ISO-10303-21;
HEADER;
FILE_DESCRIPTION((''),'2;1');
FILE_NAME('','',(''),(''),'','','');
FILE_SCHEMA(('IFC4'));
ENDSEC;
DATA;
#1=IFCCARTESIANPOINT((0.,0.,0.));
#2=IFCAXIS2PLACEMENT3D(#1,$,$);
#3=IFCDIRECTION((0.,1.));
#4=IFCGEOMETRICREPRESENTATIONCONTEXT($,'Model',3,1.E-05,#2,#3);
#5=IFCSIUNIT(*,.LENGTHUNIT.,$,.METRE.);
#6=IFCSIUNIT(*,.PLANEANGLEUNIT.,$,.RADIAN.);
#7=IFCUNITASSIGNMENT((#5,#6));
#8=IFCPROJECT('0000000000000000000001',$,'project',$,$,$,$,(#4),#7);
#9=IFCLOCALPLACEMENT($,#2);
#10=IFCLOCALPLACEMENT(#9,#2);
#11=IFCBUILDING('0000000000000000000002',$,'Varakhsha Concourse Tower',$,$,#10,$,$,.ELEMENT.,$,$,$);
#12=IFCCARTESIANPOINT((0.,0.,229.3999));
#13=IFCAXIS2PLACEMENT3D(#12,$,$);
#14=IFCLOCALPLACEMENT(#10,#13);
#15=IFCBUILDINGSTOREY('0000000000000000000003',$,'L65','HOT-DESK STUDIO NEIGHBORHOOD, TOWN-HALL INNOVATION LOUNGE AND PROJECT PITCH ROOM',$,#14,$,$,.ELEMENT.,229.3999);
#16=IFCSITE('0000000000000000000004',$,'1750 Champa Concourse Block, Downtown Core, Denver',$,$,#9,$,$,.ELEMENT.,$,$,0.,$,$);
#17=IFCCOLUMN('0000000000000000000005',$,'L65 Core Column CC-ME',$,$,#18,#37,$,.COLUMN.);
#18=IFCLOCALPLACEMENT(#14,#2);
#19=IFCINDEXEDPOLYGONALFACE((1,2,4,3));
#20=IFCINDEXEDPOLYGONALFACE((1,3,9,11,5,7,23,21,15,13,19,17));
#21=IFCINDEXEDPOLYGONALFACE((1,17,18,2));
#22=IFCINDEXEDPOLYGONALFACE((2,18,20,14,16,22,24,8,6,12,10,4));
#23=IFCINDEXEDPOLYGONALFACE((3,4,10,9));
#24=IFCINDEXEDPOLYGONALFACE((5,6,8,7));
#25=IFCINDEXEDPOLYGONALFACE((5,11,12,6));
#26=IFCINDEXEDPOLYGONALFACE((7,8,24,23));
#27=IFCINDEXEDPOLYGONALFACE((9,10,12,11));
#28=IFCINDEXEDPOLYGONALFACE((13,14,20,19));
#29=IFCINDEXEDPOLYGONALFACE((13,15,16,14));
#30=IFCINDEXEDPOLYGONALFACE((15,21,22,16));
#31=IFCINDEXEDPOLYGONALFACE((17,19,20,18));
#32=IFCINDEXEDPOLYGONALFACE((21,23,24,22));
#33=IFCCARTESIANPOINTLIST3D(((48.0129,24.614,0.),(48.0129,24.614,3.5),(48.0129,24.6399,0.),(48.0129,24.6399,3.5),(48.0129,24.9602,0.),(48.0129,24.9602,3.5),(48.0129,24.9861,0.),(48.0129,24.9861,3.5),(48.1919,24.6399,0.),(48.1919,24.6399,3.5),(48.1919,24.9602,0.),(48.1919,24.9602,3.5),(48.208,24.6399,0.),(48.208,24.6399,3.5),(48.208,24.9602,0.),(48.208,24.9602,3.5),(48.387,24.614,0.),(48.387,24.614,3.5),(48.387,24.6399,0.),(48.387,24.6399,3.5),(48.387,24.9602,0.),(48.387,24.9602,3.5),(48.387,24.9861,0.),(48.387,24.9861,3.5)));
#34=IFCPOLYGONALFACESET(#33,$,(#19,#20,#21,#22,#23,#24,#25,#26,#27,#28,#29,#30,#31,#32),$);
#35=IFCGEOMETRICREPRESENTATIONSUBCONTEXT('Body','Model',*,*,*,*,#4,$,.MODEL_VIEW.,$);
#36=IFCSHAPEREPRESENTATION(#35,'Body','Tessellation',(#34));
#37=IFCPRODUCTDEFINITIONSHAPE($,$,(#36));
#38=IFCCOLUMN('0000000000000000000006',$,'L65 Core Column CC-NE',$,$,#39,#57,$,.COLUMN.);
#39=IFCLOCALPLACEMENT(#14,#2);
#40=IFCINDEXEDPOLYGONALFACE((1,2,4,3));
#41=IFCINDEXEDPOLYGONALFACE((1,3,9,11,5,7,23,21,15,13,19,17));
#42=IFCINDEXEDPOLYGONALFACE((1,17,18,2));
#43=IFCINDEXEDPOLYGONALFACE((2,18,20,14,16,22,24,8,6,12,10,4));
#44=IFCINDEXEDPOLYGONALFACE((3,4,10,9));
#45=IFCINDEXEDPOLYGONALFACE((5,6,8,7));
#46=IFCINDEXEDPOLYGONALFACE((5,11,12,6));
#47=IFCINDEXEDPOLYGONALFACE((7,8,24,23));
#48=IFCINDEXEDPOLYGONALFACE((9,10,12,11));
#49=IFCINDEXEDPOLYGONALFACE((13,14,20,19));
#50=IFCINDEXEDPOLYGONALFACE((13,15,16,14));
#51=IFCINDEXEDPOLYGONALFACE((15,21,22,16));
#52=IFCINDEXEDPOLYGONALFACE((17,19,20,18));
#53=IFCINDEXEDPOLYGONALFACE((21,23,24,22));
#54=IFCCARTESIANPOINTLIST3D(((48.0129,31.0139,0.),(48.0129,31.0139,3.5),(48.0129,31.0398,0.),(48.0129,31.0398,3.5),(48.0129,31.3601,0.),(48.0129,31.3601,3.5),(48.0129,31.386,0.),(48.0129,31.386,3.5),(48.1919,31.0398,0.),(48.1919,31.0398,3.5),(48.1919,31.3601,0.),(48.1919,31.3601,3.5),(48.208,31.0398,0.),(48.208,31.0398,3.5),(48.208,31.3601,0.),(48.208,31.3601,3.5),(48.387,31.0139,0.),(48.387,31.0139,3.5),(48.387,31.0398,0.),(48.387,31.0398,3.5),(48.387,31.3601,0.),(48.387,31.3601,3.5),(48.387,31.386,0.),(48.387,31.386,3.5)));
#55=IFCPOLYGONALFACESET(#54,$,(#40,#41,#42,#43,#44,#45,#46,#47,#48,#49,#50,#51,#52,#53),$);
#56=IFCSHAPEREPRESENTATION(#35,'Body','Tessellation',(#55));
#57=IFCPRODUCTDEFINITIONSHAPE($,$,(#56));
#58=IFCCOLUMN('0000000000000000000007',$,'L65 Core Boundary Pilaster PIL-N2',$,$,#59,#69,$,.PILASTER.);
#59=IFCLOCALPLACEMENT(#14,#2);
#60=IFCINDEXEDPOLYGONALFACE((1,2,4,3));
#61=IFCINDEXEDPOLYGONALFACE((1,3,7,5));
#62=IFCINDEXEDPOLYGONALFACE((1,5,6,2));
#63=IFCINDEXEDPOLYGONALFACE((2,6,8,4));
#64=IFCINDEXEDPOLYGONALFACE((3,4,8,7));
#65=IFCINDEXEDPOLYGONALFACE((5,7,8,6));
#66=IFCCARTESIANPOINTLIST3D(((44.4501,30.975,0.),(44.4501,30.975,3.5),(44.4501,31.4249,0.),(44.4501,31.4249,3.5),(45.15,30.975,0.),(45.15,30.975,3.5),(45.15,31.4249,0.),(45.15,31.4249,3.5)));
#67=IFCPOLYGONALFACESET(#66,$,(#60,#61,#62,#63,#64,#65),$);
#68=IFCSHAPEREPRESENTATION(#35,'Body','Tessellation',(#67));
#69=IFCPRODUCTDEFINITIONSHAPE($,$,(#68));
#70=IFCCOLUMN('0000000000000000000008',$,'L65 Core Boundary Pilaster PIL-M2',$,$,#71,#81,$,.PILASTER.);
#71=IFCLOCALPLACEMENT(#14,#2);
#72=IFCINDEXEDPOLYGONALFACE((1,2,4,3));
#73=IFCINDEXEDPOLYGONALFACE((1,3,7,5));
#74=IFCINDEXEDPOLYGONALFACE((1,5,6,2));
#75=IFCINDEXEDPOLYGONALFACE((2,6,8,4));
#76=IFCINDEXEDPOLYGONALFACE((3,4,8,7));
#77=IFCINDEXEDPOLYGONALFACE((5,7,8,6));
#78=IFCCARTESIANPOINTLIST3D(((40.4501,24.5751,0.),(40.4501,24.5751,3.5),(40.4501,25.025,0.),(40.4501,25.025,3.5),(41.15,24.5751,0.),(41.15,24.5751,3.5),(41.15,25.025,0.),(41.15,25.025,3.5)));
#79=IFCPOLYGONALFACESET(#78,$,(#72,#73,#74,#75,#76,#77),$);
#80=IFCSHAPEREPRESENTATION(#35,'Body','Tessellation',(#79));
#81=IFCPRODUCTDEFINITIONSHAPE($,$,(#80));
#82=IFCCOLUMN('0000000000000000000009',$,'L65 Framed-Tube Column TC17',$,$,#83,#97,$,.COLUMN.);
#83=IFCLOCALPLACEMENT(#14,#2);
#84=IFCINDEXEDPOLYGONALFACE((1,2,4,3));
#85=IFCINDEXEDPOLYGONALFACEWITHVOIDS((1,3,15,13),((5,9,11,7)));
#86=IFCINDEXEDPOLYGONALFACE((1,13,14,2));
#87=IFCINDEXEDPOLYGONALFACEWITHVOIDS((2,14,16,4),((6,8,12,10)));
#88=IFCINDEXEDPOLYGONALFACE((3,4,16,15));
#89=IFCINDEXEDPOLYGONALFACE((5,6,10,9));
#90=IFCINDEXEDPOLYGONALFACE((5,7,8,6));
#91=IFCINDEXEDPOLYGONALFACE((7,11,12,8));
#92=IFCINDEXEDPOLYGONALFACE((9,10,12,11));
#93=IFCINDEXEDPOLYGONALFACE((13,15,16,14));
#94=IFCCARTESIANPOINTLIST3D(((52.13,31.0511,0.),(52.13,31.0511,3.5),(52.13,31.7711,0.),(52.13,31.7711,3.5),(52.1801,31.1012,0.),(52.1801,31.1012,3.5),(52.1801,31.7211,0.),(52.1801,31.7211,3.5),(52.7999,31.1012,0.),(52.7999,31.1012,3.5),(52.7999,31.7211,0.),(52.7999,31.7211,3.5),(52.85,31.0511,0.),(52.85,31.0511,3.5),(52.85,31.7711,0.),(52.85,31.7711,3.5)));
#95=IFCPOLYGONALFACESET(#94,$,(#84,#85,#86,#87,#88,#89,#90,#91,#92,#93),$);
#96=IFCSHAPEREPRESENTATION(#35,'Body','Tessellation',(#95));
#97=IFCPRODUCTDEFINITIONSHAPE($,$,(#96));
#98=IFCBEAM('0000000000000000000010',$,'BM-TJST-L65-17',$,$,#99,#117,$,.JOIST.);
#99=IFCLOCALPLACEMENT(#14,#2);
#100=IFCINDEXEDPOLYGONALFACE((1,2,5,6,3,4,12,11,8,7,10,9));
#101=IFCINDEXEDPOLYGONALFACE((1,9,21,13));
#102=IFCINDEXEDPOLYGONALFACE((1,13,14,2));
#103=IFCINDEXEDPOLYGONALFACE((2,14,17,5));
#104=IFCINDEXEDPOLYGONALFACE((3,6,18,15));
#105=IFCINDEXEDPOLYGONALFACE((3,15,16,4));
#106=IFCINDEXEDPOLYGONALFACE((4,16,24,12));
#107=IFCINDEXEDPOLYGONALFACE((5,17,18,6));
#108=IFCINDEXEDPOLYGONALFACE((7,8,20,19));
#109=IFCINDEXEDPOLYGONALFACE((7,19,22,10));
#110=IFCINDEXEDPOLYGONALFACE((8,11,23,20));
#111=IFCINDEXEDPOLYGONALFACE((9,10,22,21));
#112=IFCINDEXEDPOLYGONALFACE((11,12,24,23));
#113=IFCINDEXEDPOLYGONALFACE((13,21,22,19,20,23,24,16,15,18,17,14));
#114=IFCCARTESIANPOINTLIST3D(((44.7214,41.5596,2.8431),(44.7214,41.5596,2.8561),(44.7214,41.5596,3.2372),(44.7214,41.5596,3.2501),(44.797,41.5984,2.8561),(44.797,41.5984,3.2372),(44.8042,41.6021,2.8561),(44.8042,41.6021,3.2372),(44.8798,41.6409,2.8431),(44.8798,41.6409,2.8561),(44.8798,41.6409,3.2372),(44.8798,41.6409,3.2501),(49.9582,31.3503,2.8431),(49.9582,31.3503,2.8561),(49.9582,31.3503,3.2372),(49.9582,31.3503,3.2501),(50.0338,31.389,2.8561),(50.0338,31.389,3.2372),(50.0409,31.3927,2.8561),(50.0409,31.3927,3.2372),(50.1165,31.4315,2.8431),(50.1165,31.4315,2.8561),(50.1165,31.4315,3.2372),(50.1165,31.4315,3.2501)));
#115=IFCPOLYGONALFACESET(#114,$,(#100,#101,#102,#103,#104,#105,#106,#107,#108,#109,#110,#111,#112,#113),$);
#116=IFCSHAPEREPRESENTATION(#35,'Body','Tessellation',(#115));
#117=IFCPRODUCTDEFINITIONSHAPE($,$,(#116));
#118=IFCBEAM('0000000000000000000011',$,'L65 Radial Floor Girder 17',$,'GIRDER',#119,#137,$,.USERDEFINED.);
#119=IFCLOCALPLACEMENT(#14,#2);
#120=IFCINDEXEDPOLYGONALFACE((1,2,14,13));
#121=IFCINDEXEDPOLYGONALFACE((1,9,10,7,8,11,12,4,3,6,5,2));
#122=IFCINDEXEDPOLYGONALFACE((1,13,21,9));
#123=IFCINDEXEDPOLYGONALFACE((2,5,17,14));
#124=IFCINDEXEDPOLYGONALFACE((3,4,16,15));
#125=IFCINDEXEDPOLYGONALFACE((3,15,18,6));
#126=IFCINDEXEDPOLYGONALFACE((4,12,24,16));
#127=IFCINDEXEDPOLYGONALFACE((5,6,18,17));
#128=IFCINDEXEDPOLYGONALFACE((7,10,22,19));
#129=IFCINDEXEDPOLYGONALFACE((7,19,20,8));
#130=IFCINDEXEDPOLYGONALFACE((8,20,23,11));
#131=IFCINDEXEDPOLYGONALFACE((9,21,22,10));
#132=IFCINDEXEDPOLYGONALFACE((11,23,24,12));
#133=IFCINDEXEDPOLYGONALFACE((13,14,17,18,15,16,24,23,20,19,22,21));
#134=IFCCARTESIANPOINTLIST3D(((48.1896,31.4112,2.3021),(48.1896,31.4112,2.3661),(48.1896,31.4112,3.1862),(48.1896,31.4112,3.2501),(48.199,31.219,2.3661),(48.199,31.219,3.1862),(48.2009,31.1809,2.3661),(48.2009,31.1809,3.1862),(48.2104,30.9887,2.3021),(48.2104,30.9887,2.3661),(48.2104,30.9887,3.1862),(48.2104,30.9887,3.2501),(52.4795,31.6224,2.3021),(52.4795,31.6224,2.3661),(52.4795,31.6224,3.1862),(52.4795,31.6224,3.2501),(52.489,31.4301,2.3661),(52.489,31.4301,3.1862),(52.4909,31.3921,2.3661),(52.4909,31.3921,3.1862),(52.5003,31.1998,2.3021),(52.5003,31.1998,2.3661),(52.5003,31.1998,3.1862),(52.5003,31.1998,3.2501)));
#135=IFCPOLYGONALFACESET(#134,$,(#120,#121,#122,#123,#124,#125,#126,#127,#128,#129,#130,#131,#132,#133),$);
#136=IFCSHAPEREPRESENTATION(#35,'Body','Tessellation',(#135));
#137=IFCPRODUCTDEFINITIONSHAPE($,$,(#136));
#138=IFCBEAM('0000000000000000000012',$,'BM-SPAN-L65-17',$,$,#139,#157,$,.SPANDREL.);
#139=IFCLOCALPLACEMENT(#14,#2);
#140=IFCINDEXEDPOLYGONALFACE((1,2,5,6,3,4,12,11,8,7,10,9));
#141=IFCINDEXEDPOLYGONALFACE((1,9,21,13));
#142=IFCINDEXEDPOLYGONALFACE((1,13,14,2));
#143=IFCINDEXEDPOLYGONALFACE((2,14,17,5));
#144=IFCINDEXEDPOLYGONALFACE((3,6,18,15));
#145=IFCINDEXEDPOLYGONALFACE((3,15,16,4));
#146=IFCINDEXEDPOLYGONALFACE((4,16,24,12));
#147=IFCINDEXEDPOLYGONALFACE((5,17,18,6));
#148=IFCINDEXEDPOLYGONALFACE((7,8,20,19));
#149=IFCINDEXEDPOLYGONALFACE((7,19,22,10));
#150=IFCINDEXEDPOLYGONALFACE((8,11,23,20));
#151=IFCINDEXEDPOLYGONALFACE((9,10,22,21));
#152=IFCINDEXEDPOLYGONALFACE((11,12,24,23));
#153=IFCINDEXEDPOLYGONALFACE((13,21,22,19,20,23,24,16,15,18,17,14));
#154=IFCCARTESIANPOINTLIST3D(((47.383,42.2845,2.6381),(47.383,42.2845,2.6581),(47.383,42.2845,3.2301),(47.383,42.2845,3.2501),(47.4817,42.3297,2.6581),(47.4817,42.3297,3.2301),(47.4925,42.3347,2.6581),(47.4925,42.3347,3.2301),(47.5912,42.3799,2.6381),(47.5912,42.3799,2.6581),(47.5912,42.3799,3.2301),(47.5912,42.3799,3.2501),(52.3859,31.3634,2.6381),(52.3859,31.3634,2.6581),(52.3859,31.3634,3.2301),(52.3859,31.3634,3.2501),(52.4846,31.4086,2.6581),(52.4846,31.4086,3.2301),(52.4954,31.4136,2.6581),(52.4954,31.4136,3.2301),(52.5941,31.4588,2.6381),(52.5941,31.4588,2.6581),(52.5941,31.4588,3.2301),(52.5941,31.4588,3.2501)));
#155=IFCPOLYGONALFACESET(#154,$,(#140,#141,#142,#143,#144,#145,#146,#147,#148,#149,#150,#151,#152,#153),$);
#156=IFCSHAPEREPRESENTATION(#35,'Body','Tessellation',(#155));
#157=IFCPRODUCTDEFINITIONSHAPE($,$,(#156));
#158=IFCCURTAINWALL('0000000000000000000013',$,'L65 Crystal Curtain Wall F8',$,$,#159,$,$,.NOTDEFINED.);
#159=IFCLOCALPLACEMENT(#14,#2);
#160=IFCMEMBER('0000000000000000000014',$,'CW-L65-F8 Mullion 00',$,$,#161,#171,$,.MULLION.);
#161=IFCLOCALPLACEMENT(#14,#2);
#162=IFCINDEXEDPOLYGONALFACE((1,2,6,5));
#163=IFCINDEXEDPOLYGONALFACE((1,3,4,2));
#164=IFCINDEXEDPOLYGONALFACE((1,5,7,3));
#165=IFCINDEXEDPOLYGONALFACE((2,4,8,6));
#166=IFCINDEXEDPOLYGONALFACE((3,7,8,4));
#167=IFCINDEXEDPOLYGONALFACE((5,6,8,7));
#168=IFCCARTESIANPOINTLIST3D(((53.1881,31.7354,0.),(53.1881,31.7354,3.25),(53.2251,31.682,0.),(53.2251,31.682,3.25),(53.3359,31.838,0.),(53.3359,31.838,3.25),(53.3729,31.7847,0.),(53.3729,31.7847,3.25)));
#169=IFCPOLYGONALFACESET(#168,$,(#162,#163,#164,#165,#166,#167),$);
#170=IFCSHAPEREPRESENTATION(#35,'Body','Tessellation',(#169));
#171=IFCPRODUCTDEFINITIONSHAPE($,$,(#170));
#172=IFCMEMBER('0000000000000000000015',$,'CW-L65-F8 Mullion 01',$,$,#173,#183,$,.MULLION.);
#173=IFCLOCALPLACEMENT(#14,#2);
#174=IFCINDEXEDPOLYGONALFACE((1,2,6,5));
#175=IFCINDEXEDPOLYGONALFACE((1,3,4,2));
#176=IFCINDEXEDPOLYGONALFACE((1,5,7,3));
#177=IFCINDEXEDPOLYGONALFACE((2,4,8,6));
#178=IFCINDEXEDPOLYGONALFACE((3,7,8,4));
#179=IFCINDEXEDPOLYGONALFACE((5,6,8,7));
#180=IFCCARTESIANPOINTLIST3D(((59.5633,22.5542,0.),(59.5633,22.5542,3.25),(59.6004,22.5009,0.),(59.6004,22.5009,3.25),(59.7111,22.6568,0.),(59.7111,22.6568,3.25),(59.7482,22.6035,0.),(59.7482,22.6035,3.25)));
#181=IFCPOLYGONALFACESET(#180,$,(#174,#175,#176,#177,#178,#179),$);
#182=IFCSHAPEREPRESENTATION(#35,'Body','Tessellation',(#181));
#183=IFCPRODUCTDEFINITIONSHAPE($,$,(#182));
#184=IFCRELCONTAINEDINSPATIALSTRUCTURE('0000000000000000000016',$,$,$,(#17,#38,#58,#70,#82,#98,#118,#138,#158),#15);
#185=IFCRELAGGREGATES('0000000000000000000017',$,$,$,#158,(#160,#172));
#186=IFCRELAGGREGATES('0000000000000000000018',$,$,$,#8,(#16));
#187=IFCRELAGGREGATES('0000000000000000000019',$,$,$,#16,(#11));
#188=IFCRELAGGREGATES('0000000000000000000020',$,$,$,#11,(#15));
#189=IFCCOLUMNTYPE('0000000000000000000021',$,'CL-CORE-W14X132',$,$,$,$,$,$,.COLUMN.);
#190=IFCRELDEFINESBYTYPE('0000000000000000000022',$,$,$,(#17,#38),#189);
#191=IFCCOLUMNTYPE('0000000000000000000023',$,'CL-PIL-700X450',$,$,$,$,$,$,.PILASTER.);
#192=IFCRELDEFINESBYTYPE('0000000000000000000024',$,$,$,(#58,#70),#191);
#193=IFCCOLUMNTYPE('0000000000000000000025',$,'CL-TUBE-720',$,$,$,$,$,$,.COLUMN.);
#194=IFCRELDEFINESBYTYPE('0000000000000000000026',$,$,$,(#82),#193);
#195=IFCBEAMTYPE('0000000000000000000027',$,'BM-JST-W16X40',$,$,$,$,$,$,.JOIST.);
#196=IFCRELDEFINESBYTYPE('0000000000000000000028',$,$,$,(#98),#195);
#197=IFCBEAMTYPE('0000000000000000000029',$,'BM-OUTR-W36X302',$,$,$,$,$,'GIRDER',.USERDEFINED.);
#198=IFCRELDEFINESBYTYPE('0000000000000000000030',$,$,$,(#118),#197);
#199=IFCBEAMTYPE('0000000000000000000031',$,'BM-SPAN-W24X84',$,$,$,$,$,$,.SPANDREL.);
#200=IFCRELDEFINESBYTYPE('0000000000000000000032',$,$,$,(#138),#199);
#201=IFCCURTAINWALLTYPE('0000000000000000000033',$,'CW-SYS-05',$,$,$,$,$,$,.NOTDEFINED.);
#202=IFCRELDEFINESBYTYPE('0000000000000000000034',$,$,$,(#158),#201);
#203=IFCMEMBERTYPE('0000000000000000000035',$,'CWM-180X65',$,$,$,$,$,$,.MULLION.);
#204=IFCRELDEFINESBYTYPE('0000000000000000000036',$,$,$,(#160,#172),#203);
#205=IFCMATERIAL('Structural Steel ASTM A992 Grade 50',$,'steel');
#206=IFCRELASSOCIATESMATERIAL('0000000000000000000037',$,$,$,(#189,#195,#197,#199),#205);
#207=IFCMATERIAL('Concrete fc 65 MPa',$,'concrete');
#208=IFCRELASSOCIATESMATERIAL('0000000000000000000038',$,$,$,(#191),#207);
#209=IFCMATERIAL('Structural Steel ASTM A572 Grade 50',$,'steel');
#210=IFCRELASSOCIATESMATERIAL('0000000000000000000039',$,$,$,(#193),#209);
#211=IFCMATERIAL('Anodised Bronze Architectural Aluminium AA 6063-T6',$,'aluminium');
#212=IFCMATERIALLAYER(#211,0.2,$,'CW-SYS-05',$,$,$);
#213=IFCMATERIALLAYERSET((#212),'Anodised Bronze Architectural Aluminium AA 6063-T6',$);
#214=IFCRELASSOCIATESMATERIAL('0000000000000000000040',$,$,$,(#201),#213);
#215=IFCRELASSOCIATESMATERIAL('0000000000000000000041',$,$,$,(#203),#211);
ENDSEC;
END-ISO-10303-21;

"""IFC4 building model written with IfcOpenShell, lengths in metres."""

from ifc_helpers import new_model, si_unit, direction, frame, origin, origin_2d, place, context, subcontext, project, spatial, rectangle, hollow_rectangle, i_section, extrude, source, transform, mapped, material, layer, layer_set, material_profile, profile_set, type_object, type_shapes, element, aggregate, save


model = new_model("IFC4")

# Units and contexts
model_context = context("Model", 3, precision=1e-05, world=origin(), true_north=direction((0.0, 1.0)))
body_context = subcontext(model_context, "Body", "Model", "MODEL_VIEW")
ifc_project = project(units=[si_unit("LENGTHUNIT", "METRE"), si_unit("PLANEANGLEUNIT", "RADIAN")], contexts=[model_context])

# Site, building, storey
site_placement = place(None, origin())
site = spatial("IfcSite", under=ifc_project, at=site_placement, Name="1750 Champa Concourse Block, Downtown Core, Denver", CompositionType="ELEMENT", RefElevation=0.0)
building_placement = place(site_placement, origin())
building = spatial("IfcBuilding", under=site, at=building_placement, Name="Varakhsha Concourse Tower", CompositionType="ELEMENT")
storey_placement = place(building_placement, frame((0.0, 0.0, 229.3999)))
storey = spatial("IfcBuildingStorey", under=building, at=storey_placement, Name="L65", Description="HOT-DESK STUDIO NEIGHBORHOOD, TOWN-HALL INNOVATION LOUNGE AND PROJECT PITCH ROOM", CompositionType="ELEMENT", Elevation=229.3999)

# Columns
ifc_material_1 = material(Name="Structural Steel ASTM A992 Grade 50", Category="steel")
ifc_material_profile_1 = material_profile(ifc_material_1, i_section(OverallWidth=0.374, OverallDepth=0.3721, WebThickness=0.0161, FlangeThickness=0.0259, at=origin_2d()), Name="W14X132")
ifc_profile_set_1 = profile_set([ifc_material_profile_1], Name="Structural Steel ASTM A992 Grade 50")
column_type_1 = type_object("IfcColumnType", Name="CL-CORE-W14X132", PredefinedType="COLUMN", material=ifc_profile_set_1)
for number, where, z_axis, x_axis, name in (
    (1, (48.2, 24.8, 0.0), (0.0, 0.0, 1.0), (1.0, 0.0, 0.0), "L65 Core Column CC-ME"),
    (2, (48.2, 31.2, 0.0), (0.0, 0.0, 1.0), (1.0, 0.0, 0.0), "L65 Core Column CC-NE"),
):
    element("IfcColumn", number, at=place(storey_placement, frame(where, z_axis=z_axis, x_axis=x_axis)), inside=storey, type_object=column_type_1, Name=name, PredefinedType="COLUMN", context=body_context, shape_type="SweptSolid", body=[
        extrude(i_section(OverallWidth=0.374, OverallDepth=0.3721, WebThickness=0.0161, FlangeThickness=0.0259, at=origin_2d()), origin(), (0.0, 0.0, 1.0), 3.5),
    ])
ifc_material_2 = material(Name="Concrete fc 65 MPa", Category="concrete")
ifc_material_profile_2 = material_profile(ifc_material_2, rectangle(XDim=0.7, YDim=0.45, at=origin_2d()), Name="RC 700x450")
ifc_profile_set_2 = profile_set([ifc_material_profile_2], Name="Concrete fc 65 MPa")
column_type_2 = type_object("IfcColumnType", Name="CL-PIL-700X450", PredefinedType="PILASTER", material=ifc_profile_set_2)
for number, where, z_axis, x_axis, name in (
    (3, (44.8, 31.2, 0.0), (0.0, 0.0, 1.0), (1.0, 0.0, 0.0), "L65 Core Boundary Pilaster PIL-N2"),
    (4, (40.8, 24.8, 0.0), (0.0, 0.0, 1.0), (1.0, 0.0, 0.0), "L65 Core Boundary Pilaster PIL-M2"),
):
    element("IfcColumn", number, at=place(storey_placement, frame(where, z_axis=z_axis, x_axis=x_axis)), inside=storey, type_object=column_type_2, Name=name, PredefinedType="PILASTER", context=body_context, shape_type="SweptSolid", body=[
        extrude(rectangle(XDim=0.7, YDim=0.45, at=origin_2d()), origin(), (0.0, 0.0, 1.0), 3.5),
    ])
ifc_material_3 = material(Name="Structural Steel ASTM A572 Grade 50", Category="steel")
ifc_material_profile_3 = material_profile(ifc_material_3, hollow_rectangle(XDim=0.72, YDim=0.72, WallThickness=0.05, at=origin_2d()), Name="BOX 720x720x50")
ifc_profile_set_3 = profile_set([ifc_material_profile_3], Name="Structural Steel ASTM A572 Grade 50")
column_type_3 = type_object("IfcColumnType", Name="CL-TUBE-720", PredefinedType="COLUMN", material=ifc_profile_set_3)
column_placement = place(storey_placement, frame((52.49, 31.4111, 0.0), z_axis=(0.0, 0.0, 1.0), x_axis=(1.0, 0.0, 0.0)))
element("IfcColumn", 5, at=column_placement, inside=storey, type_object=column_type_3, Name="L65 Framed-Tube Column TC17", PredefinedType="COLUMN", context=body_context, shape_type="SweptSolid", body=[
    extrude(hollow_rectangle(XDim=0.72, YDim=0.72, WallThickness=0.05, at=origin_2d()), origin(), (0.0, 0.0, 1.0), 3.5),
])

# Beams
ifc_material_profile_4 = material_profile(ifc_material_1, i_section(OverallWidth=0.178, OverallDepth=0.407, WebThickness=0.0081, FlangeThickness=0.0129, at=origin_2d()), Name="W16X40")
ifc_profile_set_4 = profile_set([ifc_material_profile_4], Name="Structural Steel ASTM A992 Grade 50")
beam_type_1 = type_object("IfcBeamType", Name="BM-JST-W16X40", PredefinedType="JOIST", material=ifc_profile_set_4)
beam_1_placement = place(storey_placement, frame((50.0374, 31.3909, 3.0466), z_axis=(-0.456399, 0.889775, 0.0), x_axis=(-0.889775, -0.456399, 0.0)))
element("IfcBeam", 6, at=beam_1_placement, inside=storey, type_object=beam_type_1, Name="BM-TJST-L65-17", PredefinedType="JOIST", context=body_context, shape_type="SweptSolid", body=[
    extrude(i_section(OverallWidth=0.178, OverallDepth=0.407, WebThickness=0.0081, FlangeThickness=0.0129, at=origin_2d()), origin(), (0.0, 0.0, 1.0), 11.4741),
])
ifc_material_profile_5 = material_profile(ifc_material_1, i_section(OverallWidth=0.4231, OverallDepth=0.948, WebThickness=0.0381, FlangeThickness=0.064, at=origin_2d()), Name="W36X302")
ifc_profile_set_5 = profile_set([ifc_material_profile_5], Name="Structural Steel ASTM A992 Grade 50")
beam_type_2 = type_object("IfcBeamType", Name="BM-OUTR-W36X302", ElementType="GIRDER", PredefinedType="USERDEFINED", material=ifc_profile_set_5)
beam_2_placement = place(storey_placement, frame((48.2, 31.2, 2.7761), z_axis=(0.998791, 0.049167, 0.0), x_axis=(-0.049167, 0.998791, 0.0)))
element("IfcBeam", 7, at=beam_2_placement, inside=storey, type_object=beam_type_2, Name="L65 Radial Floor Girder 17", ObjectType="GIRDER", PredefinedType="USERDEFINED", context=body_context, shape_type="SweptSolid", body=[
    extrude(i_section(OverallWidth=0.4231, OverallDepth=0.948, WebThickness=0.0381, FlangeThickness=0.064, at=origin_2d()), origin(), (0.0, 0.0, 1.0), 4.2952),
])
ifc_material_profile_6 = material_profile(ifc_material_1, i_section(OverallWidth=0.229, OverallDepth=0.6121, WebThickness=0.012, FlangeThickness=0.02, at=origin_2d()), Name="W24X84")
ifc_profile_set_6 = profile_set([ifc_material_profile_6], Name="Structural Steel ASTM A992 Grade 50")
beam_type_3 = type_object("IfcBeamType", Name="BM-SPAN-W24X84", PredefinedType="SPANDREL", material=ifc_profile_set_6)
beam_3_placement = place(storey_placement, frame((52.49, 31.4111, 2.9441), z_axis=(-0.416476, 0.909147, 0.0), x_axis=(-0.909147, -0.416476, 0.0)))
element("IfcBeam", 8, at=beam_3_placement, inside=storey, type_object=beam_type_3, Name="BM-SPAN-L65-17", PredefinedType="SPANDREL", context=body_context, shape_type="SweptSolid", body=[
    extrude(i_section(OverallWidth=0.229, OverallDepth=0.6121, WebThickness=0.012, FlangeThickness=0.02, at=origin_2d()), origin(), (0.0, 0.0, 1.0), 12.0125),
])

# Curtain wall, members
ifc_material_4 = material(Name="Anodised Bronze Architectural Aluminium AA 6063-T6", Category="aluminium")
ifc_layer_1 = layer(ifc_material_4, 0.2, Name="CW-SYS-05")
ifc_layer_set_1 = layer_set([ifc_layer_1], Name="Anodised Bronze Architectural Aluminium AA 6063-T6")
curtain_wall_type = type_object("IfcCurtainWallType", Name="CW-SYS-05", PredefinedType="NOTDEFINED", material=ifc_layer_set_1)
curtain_wall_1_placement = place(storey_placement, origin())
curtain_wall_1 = element("IfcCurtainWall", 9, at=curtain_wall_1_placement, inside=storey, type_object=curtain_wall_type, Name="L65 Crystal Curtain Wall F8", PredefinedType="NOTDEFINED")
ifc_material_profile_7 = material_profile(ifc_material_4, rectangle(XDim=0.0649, YDim=0.1799, at=origin_2d()), Name="CWM-180X65")
ifc_profile_set_7 = profile_set([ifc_material_profile_7], Name="Anodised Bronze Architectural Aluminium AA 6063-T6")
member_type_1 = type_object("IfcMemberType", Name="CWM-180X65", PredefinedType="MULLION", material=ifc_profile_set_7)
shared_shape_1 = source(origin(), body_context, "Body", "SweptSolid", [
    extrude(rectangle(XDim=0.0649, YDim=0.1799, at=origin_2d()), origin(), (0.0, 0.0, 1.0), 3.25),
])
type_shapes(member_type_1, [shared_shape_1])
member_1_placement = place(storey_placement, frame((53.2805, 31.76, 0.0), z_axis=(0.0, 0.0, 1.0), x_axis=(0.570361, -0.821394, 0.0)))
member_1 = element("IfcMember", 10, at=member_1_placement, type_object=member_type_1, Name="CW-L65-F8 Mullion 00", PredefinedType="MULLION", context=body_context, shape_type="MappedRepresentation", body=[
    mapped(shared_shape_1, transform((0.0, 0.0, 0.0), scale=1.0)),
])
member_2_placement = place(storey_placement, frame((59.6558, 22.5789, 0.0), z_axis=(0.0, 0.0, 1.0), x_axis=(0.570361, -0.821394, 0.0)))
member_2 = element("IfcMember", 11, at=member_2_placement, type_object=member_type_1, Name="CW-L65-F8 Mullion 01", PredefinedType="MULLION", context=body_context, shape_type="MappedRepresentation", body=[
    mapped(shared_shape_1, transform((0.0, 0.0, 0.0), scale=1.0)),
])

aggregate(curtain_wall_1, [member_1, member_2])

save(model, "model.ifc")
